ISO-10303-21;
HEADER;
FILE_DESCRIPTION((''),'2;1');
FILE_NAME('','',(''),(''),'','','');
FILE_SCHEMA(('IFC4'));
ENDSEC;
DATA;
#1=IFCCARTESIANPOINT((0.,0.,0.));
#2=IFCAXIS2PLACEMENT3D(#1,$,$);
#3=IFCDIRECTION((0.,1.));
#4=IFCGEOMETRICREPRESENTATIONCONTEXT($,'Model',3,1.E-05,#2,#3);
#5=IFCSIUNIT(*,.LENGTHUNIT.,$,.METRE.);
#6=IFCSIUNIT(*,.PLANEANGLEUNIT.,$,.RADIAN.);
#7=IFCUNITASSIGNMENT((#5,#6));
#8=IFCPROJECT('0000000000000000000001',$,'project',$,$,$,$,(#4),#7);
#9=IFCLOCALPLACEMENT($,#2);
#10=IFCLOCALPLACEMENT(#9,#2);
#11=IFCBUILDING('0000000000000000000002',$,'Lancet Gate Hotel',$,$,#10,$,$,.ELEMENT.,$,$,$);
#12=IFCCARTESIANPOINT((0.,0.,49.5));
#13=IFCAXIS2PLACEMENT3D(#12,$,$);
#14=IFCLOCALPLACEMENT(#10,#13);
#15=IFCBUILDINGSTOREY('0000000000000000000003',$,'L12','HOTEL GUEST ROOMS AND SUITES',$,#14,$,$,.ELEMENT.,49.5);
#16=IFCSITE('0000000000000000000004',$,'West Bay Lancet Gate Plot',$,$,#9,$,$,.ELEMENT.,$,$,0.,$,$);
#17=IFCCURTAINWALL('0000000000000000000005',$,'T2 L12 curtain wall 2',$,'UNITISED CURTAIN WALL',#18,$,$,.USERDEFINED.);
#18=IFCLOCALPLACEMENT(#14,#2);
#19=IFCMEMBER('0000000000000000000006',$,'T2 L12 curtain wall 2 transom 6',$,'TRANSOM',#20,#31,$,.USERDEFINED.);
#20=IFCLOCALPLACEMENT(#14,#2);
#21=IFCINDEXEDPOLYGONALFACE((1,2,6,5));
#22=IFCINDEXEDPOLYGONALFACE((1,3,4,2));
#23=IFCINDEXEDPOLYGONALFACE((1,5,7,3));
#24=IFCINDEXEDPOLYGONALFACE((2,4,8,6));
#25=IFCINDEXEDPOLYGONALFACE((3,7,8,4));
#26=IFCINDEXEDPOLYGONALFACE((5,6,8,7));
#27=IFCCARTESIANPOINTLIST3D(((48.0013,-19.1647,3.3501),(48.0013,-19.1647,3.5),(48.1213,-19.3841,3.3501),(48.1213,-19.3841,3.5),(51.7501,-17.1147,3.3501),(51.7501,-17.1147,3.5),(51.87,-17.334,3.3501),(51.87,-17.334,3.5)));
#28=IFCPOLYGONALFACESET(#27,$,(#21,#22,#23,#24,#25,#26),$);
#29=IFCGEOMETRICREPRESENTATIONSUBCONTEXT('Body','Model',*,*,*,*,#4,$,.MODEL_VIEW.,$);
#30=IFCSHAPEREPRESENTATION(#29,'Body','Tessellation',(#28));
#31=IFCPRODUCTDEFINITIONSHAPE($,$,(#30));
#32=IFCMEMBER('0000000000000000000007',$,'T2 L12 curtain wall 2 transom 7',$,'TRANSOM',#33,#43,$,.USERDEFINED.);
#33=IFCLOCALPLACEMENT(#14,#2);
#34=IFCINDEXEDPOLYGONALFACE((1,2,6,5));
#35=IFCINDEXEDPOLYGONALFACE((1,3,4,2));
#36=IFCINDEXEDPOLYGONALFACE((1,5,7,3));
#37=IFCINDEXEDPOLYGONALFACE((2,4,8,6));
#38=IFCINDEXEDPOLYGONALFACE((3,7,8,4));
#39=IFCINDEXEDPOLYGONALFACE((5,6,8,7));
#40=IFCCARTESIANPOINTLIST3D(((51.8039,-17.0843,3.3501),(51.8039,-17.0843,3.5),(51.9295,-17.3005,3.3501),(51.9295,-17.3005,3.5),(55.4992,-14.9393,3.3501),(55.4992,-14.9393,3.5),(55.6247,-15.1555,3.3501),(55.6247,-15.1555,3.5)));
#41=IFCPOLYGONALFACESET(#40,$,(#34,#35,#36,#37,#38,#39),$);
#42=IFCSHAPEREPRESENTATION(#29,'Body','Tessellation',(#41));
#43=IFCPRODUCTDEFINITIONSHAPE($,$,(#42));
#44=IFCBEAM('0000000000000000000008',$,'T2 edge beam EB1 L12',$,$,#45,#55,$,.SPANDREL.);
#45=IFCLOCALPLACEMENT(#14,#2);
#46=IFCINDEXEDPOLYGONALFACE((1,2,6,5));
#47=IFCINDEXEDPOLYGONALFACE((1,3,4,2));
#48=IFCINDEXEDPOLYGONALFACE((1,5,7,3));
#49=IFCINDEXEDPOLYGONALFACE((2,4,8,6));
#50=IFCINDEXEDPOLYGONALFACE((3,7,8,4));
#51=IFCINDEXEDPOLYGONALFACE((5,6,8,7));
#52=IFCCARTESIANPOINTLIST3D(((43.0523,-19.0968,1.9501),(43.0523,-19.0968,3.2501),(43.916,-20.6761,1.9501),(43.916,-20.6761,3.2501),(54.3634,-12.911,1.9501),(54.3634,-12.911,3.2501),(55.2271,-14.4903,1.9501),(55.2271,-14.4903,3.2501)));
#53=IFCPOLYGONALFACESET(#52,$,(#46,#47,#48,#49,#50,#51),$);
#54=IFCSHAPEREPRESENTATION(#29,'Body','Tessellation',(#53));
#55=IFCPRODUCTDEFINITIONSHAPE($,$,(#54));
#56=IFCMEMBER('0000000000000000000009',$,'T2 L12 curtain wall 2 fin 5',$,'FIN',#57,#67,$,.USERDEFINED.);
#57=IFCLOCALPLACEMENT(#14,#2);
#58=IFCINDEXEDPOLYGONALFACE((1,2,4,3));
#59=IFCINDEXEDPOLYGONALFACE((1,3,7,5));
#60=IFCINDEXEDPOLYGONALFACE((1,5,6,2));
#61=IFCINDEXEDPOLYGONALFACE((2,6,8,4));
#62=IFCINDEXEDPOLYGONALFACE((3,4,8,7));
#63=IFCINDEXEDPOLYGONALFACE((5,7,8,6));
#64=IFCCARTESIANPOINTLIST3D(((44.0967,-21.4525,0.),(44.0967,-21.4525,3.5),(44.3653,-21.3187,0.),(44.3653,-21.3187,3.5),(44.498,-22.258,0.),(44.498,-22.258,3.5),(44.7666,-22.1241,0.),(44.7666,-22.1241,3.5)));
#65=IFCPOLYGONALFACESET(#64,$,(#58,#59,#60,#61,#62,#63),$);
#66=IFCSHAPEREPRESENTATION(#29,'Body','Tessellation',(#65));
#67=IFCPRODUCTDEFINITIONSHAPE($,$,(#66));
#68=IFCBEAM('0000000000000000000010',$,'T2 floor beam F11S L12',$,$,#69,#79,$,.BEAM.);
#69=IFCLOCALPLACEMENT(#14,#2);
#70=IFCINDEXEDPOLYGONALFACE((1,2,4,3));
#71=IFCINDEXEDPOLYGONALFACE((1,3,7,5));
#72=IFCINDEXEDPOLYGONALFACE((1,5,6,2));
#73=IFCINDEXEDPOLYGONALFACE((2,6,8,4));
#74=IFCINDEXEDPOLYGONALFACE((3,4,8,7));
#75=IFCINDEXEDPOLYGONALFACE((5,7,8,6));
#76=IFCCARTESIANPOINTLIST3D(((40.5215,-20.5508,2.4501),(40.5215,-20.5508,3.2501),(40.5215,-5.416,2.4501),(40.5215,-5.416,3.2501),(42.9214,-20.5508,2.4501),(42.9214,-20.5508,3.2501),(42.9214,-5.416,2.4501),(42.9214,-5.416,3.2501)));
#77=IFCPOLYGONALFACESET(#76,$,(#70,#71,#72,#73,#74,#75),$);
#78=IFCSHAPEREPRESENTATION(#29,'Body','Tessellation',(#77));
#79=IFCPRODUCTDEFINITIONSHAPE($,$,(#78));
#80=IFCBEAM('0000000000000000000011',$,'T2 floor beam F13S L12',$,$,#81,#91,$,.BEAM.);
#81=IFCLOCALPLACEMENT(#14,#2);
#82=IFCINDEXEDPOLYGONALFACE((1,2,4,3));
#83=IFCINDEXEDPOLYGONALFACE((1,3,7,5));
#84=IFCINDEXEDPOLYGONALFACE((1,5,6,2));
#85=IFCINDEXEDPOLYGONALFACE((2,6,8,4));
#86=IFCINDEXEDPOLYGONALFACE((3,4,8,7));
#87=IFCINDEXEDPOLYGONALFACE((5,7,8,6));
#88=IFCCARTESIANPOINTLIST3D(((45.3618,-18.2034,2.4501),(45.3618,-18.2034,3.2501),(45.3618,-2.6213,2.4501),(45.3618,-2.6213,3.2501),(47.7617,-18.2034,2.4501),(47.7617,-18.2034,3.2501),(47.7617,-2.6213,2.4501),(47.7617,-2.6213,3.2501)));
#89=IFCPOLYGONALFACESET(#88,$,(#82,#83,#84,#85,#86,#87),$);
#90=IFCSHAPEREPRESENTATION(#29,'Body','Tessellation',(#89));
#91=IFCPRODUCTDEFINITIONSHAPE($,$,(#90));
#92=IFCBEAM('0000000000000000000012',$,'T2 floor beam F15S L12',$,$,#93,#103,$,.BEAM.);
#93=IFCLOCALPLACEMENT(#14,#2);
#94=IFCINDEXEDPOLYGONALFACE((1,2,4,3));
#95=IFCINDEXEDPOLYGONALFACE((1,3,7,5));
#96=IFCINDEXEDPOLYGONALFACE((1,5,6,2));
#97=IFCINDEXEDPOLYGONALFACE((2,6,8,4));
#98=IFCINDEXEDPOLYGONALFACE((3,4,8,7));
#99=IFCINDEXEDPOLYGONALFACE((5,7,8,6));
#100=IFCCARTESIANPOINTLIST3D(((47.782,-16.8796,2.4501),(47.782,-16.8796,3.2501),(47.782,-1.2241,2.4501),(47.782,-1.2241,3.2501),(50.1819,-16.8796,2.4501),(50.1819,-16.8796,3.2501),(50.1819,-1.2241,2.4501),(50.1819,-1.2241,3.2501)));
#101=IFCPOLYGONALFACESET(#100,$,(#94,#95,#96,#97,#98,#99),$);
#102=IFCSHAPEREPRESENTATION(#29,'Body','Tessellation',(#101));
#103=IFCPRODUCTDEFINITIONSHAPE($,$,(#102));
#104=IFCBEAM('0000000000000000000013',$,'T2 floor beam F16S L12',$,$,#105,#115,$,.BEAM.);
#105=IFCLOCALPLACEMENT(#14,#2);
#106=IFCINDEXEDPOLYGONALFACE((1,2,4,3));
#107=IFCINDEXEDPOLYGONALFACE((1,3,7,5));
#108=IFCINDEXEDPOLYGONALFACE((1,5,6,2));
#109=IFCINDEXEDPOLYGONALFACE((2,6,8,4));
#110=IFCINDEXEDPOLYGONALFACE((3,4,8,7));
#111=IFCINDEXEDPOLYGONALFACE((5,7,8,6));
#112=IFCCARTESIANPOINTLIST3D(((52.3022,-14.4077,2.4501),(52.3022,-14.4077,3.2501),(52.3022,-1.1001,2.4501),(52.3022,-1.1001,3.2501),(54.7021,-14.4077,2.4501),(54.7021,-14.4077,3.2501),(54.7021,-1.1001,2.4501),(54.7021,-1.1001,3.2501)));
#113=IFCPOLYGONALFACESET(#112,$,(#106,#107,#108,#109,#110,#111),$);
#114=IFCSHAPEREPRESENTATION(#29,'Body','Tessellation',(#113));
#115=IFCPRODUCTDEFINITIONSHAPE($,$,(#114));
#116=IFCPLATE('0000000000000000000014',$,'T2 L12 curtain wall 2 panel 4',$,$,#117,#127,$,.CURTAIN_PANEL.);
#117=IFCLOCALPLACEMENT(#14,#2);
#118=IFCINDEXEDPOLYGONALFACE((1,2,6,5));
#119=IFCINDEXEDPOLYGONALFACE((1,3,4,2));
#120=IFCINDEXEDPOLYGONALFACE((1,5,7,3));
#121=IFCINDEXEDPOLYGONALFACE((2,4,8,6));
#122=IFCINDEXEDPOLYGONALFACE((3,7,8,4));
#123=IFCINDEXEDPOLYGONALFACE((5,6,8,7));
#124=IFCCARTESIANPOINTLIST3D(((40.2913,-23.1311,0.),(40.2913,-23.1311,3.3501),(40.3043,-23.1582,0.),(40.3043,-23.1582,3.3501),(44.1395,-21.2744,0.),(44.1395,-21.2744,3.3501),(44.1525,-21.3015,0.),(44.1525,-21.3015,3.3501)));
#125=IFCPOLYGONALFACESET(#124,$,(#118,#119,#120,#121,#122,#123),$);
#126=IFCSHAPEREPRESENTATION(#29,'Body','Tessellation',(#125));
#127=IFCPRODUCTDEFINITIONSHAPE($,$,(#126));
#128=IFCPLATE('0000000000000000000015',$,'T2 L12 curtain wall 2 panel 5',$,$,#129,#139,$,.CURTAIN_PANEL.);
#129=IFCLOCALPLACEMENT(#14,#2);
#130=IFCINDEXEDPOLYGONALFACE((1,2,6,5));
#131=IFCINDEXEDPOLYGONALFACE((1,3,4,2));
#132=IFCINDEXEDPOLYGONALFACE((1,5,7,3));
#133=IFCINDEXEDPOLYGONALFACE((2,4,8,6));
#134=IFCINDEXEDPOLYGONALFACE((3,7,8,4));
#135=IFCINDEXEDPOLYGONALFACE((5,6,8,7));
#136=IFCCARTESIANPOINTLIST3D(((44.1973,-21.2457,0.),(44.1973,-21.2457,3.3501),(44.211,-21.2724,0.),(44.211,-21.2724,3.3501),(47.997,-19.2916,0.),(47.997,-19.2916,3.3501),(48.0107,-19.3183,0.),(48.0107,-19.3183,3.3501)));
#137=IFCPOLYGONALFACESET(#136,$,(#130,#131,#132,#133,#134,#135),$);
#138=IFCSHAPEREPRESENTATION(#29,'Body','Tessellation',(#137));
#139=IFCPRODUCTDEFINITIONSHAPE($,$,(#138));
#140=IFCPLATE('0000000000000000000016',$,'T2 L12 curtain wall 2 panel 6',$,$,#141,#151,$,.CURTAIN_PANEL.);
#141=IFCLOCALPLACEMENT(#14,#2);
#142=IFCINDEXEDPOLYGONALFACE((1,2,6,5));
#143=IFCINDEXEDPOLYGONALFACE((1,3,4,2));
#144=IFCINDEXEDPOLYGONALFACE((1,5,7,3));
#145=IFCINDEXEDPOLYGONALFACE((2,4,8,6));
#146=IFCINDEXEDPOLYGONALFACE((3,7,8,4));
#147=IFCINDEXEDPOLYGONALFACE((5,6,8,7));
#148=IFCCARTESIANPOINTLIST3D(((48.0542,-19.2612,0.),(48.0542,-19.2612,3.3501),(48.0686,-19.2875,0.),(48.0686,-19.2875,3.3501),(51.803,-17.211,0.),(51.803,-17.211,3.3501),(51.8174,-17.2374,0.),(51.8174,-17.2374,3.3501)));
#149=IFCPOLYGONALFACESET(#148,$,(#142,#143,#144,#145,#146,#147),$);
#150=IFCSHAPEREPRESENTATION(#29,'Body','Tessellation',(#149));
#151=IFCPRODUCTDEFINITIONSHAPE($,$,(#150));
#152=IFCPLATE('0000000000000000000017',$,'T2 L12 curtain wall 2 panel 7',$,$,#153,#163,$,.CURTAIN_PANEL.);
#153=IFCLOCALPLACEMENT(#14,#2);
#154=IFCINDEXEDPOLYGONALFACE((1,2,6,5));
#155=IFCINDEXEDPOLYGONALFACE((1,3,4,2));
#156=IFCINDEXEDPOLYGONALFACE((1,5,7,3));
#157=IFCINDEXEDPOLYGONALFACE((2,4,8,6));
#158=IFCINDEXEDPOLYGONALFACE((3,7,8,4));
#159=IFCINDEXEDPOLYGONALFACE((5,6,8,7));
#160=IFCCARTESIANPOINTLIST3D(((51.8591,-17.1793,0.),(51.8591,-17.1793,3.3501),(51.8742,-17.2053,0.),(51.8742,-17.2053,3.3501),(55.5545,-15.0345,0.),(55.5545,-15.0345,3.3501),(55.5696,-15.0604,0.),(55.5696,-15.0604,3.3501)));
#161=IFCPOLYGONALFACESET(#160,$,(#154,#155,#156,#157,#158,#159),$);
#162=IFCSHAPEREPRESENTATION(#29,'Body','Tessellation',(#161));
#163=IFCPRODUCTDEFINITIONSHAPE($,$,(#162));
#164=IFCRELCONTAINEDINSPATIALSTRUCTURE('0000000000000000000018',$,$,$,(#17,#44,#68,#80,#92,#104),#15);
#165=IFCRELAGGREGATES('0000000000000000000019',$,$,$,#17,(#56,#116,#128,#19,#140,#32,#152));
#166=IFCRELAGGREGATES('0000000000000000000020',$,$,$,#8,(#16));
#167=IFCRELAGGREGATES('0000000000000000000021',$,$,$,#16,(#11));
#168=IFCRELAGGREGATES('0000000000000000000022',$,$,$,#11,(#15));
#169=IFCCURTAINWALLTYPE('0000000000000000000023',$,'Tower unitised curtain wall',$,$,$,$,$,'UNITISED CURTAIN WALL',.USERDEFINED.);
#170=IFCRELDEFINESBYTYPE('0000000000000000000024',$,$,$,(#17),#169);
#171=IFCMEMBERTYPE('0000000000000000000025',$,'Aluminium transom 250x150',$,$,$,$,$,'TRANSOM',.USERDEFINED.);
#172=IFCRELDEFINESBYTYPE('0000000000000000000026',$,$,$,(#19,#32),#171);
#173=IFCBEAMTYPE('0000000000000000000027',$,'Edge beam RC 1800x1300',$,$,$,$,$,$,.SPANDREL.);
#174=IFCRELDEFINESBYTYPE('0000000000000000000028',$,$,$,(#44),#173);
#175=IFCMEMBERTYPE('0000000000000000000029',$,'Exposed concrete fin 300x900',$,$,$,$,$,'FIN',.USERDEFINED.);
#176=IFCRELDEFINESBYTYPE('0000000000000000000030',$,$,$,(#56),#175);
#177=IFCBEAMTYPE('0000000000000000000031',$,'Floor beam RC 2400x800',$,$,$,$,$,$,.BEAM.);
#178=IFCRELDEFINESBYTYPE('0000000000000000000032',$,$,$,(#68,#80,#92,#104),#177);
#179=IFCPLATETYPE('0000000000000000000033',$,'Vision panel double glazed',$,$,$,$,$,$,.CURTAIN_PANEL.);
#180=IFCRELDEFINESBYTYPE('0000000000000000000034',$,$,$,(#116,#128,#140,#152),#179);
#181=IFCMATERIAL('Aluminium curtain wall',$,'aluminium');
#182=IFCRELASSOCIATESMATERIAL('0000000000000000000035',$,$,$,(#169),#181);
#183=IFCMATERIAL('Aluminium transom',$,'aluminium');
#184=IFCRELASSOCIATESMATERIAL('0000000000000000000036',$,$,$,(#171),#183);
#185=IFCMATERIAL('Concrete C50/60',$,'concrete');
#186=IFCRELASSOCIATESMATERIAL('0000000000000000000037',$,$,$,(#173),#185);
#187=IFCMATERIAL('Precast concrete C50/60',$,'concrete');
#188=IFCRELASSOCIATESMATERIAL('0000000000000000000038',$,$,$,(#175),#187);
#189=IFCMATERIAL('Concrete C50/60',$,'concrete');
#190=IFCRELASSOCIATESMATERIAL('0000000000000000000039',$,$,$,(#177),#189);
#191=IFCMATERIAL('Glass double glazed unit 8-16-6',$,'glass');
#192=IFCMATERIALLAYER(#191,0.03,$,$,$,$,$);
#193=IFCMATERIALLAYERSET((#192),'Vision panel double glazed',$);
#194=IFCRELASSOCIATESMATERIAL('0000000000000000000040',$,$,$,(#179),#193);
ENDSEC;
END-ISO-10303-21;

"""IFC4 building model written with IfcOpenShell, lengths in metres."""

from ifc_helpers import new_model, si_unit, direction, frame, origin, origin_2d, place, context, subcontext, project, spatial, rectangle, extrude, material, layer, layer_set, material_profile, profile_set, type_object, element, aggregate, save


model = new_model("IFC4")

# Units and contexts
model_context = context("Model", 3, precision=1e-05, world=origin(), true_north=direction((0.0, 1.0)))
body_context = subcontext(model_context, "Body", "Model", "MODEL_VIEW")
ifc_project = project(units=[si_unit("LENGTHUNIT", "METRE"), si_unit("PLANEANGLEUNIT", "RADIAN")], contexts=[model_context])

# Site, building, storey
site_placement = place(None, origin())
site = spatial("IfcSite", under=ifc_project, at=site_placement, Name="West Bay Lancet Gate Plot", CompositionType="ELEMENT", RefElevation=0.0)
building_placement = place(site_placement, origin())
building = spatial("IfcBuilding", under=site, at=building_placement, Name="Lancet Gate Hotel", CompositionType="ELEMENT")
storey_placement = place(building_placement, frame((0.0, 0.0, 49.5)))
storey = spatial("IfcBuildingStorey", under=building, at=storey_placement, Name="L12", Description="HOTEL GUEST ROOMS AND SUITES", CompositionType="ELEMENT", Elevation=49.5)

# Curtain wall, members
ifc_material_1 = material(Name="Aluminium curtain wall", Category="aluminium")
curtain_wall_type = type_object("IfcCurtainWallType", Name="Tower unitised curtain wall", ElementType="UNITISED CURTAIN WALL", PredefinedType="USERDEFINED", material=ifc_material_1)
curtain_wall_placement = place(storey_placement, origin())
curtain_wall = element("IfcCurtainWall", 1, at=curtain_wall_placement, inside=storey, type_object=curtain_wall_type, Name="T2 L12 curtain wall 2", ObjectType="UNITISED CURTAIN WALL", PredefinedType="USERDEFINED")
ifc_material_2 = material(Name="Aluminium transom", Category="aluminium")
ifc_material_profile_1 = material_profile(ifc_material_2, rectangle(XDim=0.25, YDim=0.1499, at=origin_2d()), Name="TRANSOM 250x150")
ifc_profile_set_1 = profile_set([ifc_material_profile_1], Name="Aluminium transom")
member_type_1 = type_object("IfcMemberType", Name="Aluminium transom 250x150", ElementType="TRANSOM", PredefinedType="USERDEFINED", material=ifc_profile_set_1)
member_1_placement = place(storey_placement, frame((48.0613, -19.2744, 3.425), z_axis=(0.877378, 0.479801, 0.0), x_axis=(-0.479801, 0.877378, 0.0)))
member_1 = element("IfcMember", 2, at=member_1_placement, type_object=member_type_1, Name="T2 L12 curtain wall 2 transom 6", ObjectType="TRANSOM", PredefinedType="USERDEFINED", context=body_context, shape_type="SweptSolid", body=[
    extrude(rectangle(XDim=0.25, YDim=0.1499, at=origin_2d()), origin(), (0.0, 0.0, 1.0), 4.2727),
])
member_2_placement = place(storey_placement, frame((51.8667, -17.1924, 3.425), z_axis=(0.864855, 0.502022, 0.0), x_axis=(-0.502022, 0.864855, 0.0)))
member_2 = element("IfcMember", 3, at=member_2_placement, type_object=member_type_1, Name="T2 L12 curtain wall 2 transom 7", ObjectType="TRANSOM", PredefinedType="USERDEFINED", context=body_context, shape_type="SweptSolid", body=[
    extrude(rectangle(XDim=0.25, YDim=0.1499, at=origin_2d()), origin(), (0.0, 0.0, 1.0), 4.2727),
])

# Beam
ifc_material_3 = material(Name="Concrete C50/60", Category="concrete")
ifc_material_profile_2 = material_profile(ifc_material_3, rectangle(XDim=1.8, YDim=1.3, at=origin_2d()), Name="RC 1800x1300")
ifc_profile_set_2 = profile_set([ifc_material_profile_2], Name="Concrete C50/60")
beam_type_1 = type_object("IfcBeamType", Name="Edge beam RC 1800x1300", PredefinedType="SPANDREL", material=ifc_profile_set_2)
beam_1_placement = place(storey_placement, frame((43.4841, -19.8865, 2.6001), z_axis=(0.877369, 0.479816, 0.0), x_axis=(-0.479816, 0.877369, 0.0)))
element("IfcBeam", 4, at=beam_1_placement, inside=storey, type_object=beam_type_1, Name="T2 edge beam EB1 L12", PredefinedType="SPANDREL", context=body_context, shape_type="SweptSolid", body=[
    extrude(rectangle(XDim=1.8, YDim=1.3, at=origin_2d()), origin(), (0.0, 0.0, 1.0), 12.8921),
])

# Member
ifc_material_4 = material(Name="Precast concrete C50/60", Category="concrete")
ifc_material_profile_3 = material_profile(ifc_material_4, rectangle(XDim=0.3, YDim=0.8999, at=origin_2d()), Name="FIN 300x900")
ifc_profile_set_3 = profile_set([ifc_material_profile_3], Name="Precast concrete C50/60")
member_type_2 = type_object("IfcMemberType", Name="Exposed concrete fin 300x900", ElementType="FIN", PredefinedType="USERDEFINED", material=ifc_profile_set_3)
member_3_placement = place(storey_placement, frame((44.4316, -21.7883, 0.0), z_axis=(0.0, 0.0, 1.0), x_axis=(0.895044, 0.445978, 0.0)))
member_3 = element("IfcMember", 5, at=member_3_placement, type_object=member_type_2, Name="T2 L12 curtain wall 2 fin 5", ObjectType="FIN", PredefinedType="USERDEFINED", context=body_context, shape_type="SweptSolid", body=[
    extrude(rectangle(XDim=0.3, YDim=0.8999, at=origin_2d()), origin(), (0.0, 0.0, 1.0), 3.5),
])

# Beams
ifc_material_5 = material(Name="Concrete C50/60", Category="concrete")
ifc_material_profile_4 = material_profile(ifc_material_5, rectangle(XDim=2.3999, YDim=0.8, at=origin_2d()), Name="RC 2400x800")
ifc_profile_set_4 = profile_set([ifc_material_profile_4], Name="Concrete C50/60")
beam_type_2 = type_object("IfcBeamType", Name="Floor beam RC 2400x800", PredefinedType="BEAM", material=ifc_profile_set_4)
beam_2_placement = place(storey_placement, frame((41.7214, -20.5508, 2.8501), z_axis=(0.0, 1.0, 0.0), x_axis=(-1.0, 0.0, 0.0)))
element("IfcBeam", 6, at=beam_2_placement, inside=storey, type_object=beam_type_2, Name="T2 floor beam F11S L12", PredefinedType="BEAM", context=body_context, shape_type="SweptSolid", body=[
    extrude(rectangle(XDim=2.3999, YDim=0.8, at=origin_2d()), origin(), (0.0, 0.0, 1.0), 15.1348),
])
beam_3_placement = place(storey_placement, frame((46.5618, -18.2034, 2.8501), z_axis=(0.0, 1.0, 0.0), x_axis=(-1.0, 0.0, 0.0)))
element("IfcBeam", 7, at=beam_3_placement, inside=storey, type_object=beam_type_2, Name="T2 floor beam F13S L12", PredefinedType="BEAM", context=body_context, shape_type="SweptSolid", body=[
    extrude(rectangle(XDim=2.3999, YDim=0.8, at=origin_2d()), origin(), (0.0, 0.0, 1.0), 15.582),
])
beam_4_placement = place(storey_placement, frame((48.9819, -16.8796, 2.8501), z_axis=(0.0, 1.0, 0.0), x_axis=(-1.0, 0.0, 0.0)))
element("IfcBeam", 8, at=beam_4_placement, inside=storey, type_object=beam_type_2, Name="T2 floor beam F15S L12", PredefinedType="BEAM", context=body_context, shape_type="SweptSolid", body=[
    extrude(rectangle(XDim=2.3999, YDim=0.8, at=origin_2d()), origin(), (0.0, 0.0, 1.0), 15.6555),
])
beam_5_placement = place(storey_placement, frame((53.5022, -14.4077, 2.8501), z_axis=(0.0, 1.0, 0.0), x_axis=(-1.0, 0.0, 0.0)))
element("IfcBeam", 9, at=beam_5_placement, inside=storey, type_object=beam_type_2, Name="T2 floor beam F16S L12", PredefinedType="BEAM", context=body_context, shape_type="SweptSolid", body=[
    extrude(rectangle(XDim=2.3999, YDim=0.8, at=origin_2d()), origin(), (0.0, 0.0, 1.0), 13.3076),
])

# Plates
ifc_material_6 = material(Name="Glass double glazed unit 8-16-6", Category="glass")
ifc_layer = layer(ifc_material_6, 0.03)
ifc_layer_set = layer_set([ifc_layer], Name="Vision panel double glazed")
plate_type = type_object("IfcPlateType", Name="Vision panel double glazed", PredefinedType="CURTAIN_PANEL", material=ifc_layer_set)
plate_1_placement = place(storey_placement, frame((42.2219, -22.2163, 0.0), z_axis=(0.0, 0.0, 1.0), x_axis=(0.900647, 0.43455, 0.0)))
plate_1 = element("IfcPlate", 10, at=plate_1_placement, type_object=plate_type, Name="T2 L12 curtain wall 2 panel 4", PredefinedType="CURTAIN_PANEL", context=body_context, shape_type="SweptSolid", body=[
    extrude(rectangle(XDim=4.2727, YDim=0.03, at=origin_2d()), origin(), (0.0, 0.0, 1.0), 3.3501),
])
plate_2_placement = place(storey_placement, frame((46.104, -20.282, 0.0), z_axis=(0.0, 0.0, 1.0), x_axis=(0.889296, 0.457332, 0.0)))
plate_2 = element("IfcPlate", 11, at=plate_2_placement, type_object=plate_type, Name="T2 L12 curtain wall 2 panel 5", PredefinedType="CURTAIN_PANEL", context=body_context, shape_type="SweptSolid", body=[
    extrude(rectangle(XDim=4.2727, YDim=0.03, at=origin_2d()), origin(), (0.0, 0.0, 1.0), 3.3501),
])
plate_3_placement = place(storey_placement, frame((49.9358, -18.2493, 0.0), z_axis=(0.0, 0.0, 1.0), x_axis=(0.877368, 0.479818, 0.0)))
plate_3 = element("IfcPlate", 12, at=plate_3_placement, type_object=plate_type, Name="T2 L12 curtain wall 2 panel 6", PredefinedType="CURTAIN_PANEL", context=body_context, shape_type="SweptSolid", body=[
    extrude(rectangle(XDim=4.2727, YDim=0.03, at=origin_2d()), origin(), (0.0, 0.0, 1.0), 3.3501),
])
plate_4_placement = place(storey_placement, frame((53.7144, -16.1199, 0.0), z_axis=(0.0, 0.0, 1.0), x_axis=(0.864872, 0.501993, 0.0)))
plate_4 = element("IfcPlate", 13, at=plate_4_placement, type_object=plate_type, Name="T2 L12 curtain wall 2 panel 7", PredefinedType="CURTAIN_PANEL", context=body_context, shape_type="SweptSolid", body=[
    extrude(rectangle(XDim=4.2727, YDim=0.03, at=origin_2d()), origin(), (0.0, 0.0, 1.0), 3.3501),
])
aggregate(curtain_wall, [member_3, plate_1, plate_2, member_1, plate_3, member_2, plate_4])

save(model, "model.ifc")
